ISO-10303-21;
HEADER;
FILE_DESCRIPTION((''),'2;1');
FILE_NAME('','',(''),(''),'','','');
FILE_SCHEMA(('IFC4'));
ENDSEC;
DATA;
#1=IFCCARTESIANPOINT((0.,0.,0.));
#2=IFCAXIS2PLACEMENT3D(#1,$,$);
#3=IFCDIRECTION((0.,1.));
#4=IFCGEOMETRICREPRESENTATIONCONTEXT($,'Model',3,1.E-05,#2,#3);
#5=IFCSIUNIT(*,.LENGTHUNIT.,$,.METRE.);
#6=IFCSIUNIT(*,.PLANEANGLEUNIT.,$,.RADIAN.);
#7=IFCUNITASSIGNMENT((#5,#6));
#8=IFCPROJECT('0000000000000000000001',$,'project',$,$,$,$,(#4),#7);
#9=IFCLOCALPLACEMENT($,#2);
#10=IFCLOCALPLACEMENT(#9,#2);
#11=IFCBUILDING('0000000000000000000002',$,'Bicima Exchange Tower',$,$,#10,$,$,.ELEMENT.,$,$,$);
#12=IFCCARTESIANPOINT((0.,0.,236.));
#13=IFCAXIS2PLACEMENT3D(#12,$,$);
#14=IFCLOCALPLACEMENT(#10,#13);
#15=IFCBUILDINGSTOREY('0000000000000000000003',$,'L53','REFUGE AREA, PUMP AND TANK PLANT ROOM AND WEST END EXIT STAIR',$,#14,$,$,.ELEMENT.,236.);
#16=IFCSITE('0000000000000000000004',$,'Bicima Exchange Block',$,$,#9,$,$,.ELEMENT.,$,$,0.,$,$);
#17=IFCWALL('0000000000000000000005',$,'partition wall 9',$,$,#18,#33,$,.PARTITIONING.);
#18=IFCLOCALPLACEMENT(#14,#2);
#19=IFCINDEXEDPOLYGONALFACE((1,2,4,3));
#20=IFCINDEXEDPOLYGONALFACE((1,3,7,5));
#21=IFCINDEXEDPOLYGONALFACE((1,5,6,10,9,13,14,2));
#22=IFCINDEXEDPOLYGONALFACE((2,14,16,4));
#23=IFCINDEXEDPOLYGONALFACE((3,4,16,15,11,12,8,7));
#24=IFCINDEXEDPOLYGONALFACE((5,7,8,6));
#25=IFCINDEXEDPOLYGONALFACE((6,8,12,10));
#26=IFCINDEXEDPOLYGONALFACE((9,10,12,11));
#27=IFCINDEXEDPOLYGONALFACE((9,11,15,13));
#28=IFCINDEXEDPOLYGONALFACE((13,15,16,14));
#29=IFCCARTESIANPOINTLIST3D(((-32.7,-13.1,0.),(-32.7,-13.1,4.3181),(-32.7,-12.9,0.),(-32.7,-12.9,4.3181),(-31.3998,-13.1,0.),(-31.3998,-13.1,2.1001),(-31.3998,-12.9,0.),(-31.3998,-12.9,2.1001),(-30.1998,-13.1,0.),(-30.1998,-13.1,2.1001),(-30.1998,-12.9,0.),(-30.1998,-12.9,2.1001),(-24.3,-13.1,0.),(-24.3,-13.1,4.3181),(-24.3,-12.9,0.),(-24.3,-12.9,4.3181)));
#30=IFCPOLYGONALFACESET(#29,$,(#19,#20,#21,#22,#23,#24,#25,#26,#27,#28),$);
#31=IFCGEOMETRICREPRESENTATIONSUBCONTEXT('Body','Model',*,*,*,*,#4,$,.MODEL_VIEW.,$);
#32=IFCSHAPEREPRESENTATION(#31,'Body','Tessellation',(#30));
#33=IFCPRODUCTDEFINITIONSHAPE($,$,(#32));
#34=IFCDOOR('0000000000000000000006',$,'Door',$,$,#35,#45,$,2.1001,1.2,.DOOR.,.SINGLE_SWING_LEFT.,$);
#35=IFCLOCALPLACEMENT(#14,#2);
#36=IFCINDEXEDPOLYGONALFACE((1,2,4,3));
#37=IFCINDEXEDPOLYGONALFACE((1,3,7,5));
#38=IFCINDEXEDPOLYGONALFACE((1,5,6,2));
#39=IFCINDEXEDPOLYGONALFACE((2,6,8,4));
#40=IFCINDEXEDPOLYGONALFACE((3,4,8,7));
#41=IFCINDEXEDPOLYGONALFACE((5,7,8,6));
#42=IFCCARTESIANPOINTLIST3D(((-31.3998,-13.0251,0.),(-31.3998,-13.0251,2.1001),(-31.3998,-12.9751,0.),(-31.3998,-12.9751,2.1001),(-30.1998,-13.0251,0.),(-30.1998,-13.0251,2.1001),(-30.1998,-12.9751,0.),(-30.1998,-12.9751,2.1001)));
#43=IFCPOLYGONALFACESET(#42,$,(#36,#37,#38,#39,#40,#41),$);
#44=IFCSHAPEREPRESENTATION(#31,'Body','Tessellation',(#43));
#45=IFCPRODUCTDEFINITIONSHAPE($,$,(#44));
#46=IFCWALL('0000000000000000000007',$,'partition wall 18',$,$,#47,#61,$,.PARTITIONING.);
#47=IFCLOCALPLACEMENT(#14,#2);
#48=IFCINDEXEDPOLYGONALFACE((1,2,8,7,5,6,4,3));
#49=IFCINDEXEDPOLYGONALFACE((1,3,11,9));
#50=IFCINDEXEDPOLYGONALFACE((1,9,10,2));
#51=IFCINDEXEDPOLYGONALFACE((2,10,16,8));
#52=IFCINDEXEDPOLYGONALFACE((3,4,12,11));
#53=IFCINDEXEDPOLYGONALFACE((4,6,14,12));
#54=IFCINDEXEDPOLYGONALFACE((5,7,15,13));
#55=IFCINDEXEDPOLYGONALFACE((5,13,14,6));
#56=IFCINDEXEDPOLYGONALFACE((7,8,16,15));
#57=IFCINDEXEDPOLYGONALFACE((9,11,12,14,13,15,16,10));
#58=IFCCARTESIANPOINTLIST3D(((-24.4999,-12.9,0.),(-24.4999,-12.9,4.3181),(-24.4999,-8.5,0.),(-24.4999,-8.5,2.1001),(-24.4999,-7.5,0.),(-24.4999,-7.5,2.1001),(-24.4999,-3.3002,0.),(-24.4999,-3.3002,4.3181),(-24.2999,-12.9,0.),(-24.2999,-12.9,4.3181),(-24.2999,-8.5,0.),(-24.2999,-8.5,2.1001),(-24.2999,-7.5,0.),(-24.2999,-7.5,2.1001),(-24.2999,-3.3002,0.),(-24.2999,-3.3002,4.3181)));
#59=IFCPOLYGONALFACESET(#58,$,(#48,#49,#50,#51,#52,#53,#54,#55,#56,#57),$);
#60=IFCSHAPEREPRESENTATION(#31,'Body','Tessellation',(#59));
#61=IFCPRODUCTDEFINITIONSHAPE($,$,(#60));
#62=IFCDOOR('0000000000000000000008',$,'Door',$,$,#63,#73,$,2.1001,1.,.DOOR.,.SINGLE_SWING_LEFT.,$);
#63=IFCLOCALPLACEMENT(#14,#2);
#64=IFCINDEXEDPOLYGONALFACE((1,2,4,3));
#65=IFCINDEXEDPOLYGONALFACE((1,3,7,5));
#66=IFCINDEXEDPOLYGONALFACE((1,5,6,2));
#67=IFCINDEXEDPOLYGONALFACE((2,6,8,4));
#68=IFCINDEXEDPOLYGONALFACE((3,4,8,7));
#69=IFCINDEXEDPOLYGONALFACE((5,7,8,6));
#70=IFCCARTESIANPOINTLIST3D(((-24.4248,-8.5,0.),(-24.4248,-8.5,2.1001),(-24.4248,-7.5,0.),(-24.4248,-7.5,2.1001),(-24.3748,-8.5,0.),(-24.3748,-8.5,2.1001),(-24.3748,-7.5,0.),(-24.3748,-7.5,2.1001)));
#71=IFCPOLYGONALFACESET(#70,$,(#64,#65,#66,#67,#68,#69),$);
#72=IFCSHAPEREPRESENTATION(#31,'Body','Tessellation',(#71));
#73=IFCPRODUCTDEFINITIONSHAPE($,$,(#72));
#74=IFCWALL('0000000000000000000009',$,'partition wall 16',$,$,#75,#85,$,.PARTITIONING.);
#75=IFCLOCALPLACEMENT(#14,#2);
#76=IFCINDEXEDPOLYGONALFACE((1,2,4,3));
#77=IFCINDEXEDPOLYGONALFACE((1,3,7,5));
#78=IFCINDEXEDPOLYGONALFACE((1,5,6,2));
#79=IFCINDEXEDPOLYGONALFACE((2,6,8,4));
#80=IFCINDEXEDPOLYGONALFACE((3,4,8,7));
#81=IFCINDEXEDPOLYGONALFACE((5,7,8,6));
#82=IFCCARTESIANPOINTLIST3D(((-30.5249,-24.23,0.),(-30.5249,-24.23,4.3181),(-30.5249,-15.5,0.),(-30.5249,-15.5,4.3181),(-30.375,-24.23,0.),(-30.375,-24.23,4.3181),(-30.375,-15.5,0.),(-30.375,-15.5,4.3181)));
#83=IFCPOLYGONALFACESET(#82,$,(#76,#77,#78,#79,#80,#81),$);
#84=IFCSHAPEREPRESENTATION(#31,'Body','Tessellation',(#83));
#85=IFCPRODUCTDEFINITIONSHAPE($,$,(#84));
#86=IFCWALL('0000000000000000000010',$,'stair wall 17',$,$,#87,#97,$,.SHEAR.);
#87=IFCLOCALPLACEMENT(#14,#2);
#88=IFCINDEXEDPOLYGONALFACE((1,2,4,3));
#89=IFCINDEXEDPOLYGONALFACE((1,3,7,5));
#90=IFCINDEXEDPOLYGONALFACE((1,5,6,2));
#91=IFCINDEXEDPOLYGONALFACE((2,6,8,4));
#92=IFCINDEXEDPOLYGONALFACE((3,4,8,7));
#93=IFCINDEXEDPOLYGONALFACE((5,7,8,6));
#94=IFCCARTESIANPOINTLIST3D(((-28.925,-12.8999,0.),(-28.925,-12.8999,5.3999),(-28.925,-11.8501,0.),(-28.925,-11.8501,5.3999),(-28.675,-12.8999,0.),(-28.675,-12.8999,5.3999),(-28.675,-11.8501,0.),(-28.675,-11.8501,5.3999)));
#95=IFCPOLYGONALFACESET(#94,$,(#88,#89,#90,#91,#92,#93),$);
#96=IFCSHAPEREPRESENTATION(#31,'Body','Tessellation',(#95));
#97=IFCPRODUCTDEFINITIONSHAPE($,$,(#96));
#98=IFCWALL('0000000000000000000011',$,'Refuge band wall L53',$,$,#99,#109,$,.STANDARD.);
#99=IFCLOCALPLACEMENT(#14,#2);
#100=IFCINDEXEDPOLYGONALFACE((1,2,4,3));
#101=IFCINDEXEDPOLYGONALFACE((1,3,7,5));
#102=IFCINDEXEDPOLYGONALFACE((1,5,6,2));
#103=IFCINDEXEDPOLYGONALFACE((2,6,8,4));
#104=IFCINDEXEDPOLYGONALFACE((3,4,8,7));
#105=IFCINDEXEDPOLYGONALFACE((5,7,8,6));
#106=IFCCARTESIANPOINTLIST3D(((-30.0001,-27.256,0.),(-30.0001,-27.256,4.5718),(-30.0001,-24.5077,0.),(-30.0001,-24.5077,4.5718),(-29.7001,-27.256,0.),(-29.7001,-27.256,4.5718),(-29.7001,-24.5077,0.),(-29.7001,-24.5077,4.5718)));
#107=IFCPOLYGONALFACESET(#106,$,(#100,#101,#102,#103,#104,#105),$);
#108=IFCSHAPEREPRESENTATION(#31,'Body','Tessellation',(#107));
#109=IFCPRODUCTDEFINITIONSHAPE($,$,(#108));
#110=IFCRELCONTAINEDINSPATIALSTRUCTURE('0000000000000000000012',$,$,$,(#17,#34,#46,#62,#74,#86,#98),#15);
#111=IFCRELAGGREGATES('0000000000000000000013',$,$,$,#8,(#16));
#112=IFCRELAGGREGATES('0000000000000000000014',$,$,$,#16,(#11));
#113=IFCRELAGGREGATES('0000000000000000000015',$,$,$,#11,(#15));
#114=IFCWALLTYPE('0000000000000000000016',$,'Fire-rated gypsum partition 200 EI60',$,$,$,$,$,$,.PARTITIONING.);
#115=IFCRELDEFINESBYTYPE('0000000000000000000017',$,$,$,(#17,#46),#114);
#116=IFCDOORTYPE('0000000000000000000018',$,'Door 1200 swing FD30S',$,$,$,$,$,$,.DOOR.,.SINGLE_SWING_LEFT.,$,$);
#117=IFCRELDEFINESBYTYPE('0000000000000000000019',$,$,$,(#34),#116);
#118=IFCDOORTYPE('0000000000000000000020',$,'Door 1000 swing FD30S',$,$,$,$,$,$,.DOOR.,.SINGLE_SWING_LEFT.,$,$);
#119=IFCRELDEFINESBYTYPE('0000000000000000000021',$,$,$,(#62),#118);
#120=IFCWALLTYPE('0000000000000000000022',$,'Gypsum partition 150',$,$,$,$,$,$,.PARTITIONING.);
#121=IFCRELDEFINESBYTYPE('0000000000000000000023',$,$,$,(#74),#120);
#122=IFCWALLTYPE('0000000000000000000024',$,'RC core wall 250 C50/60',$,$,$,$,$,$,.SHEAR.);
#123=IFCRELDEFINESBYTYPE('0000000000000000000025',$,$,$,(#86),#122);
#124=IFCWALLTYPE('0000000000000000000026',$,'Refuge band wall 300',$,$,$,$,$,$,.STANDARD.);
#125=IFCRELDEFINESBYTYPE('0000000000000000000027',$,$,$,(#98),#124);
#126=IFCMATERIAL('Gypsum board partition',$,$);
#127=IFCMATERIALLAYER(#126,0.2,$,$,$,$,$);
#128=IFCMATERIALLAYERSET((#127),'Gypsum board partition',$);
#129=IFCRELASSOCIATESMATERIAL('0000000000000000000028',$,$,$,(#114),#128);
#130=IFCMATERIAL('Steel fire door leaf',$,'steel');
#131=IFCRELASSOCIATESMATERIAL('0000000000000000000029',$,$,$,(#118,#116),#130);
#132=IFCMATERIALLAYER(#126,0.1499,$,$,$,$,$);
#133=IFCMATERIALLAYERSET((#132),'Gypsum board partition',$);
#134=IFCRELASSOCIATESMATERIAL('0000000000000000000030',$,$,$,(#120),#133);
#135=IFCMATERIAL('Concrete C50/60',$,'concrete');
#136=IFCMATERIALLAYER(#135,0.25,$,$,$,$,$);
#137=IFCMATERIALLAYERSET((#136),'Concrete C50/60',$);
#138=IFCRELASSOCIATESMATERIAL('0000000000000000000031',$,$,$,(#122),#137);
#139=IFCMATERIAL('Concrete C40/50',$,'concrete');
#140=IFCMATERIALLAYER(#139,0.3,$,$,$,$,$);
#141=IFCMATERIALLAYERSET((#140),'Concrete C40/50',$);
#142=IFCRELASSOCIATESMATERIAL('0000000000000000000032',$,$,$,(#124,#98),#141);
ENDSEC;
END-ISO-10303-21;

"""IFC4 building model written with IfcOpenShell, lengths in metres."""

from ifc_helpers import new_model, si_unit, direction, frame, frame_2d, origin, place, context, subcontext, project, spatial, rectangle, extrude, material, layer, layer_set, layer_usage, type_object, element, fill, save


model = new_model("IFC4")

# Units and contexts
model_context = context("Model", 3, precision=1e-05, world=origin(), true_north=direction((0.0, 1.0)))
body_context = subcontext(model_context, "Body", "Model", "MODEL_VIEW")
ifc_project = project(units=[si_unit("LENGTHUNIT", "METRE"), si_unit("PLANEANGLEUNIT", "RADIAN")], contexts=[model_context])

# Site, building, storey
site_placement = place(None, origin())
site = spatial("IfcSite", under=ifc_project, at=site_placement, Name="Bicima Exchange Block", CompositionType="ELEMENT", RefElevation=0.0)
building_placement = place(site_placement, origin())
building = spatial("IfcBuilding", under=site, at=building_placement, Name="Bicima Exchange Tower", CompositionType="ELEMENT")
storey_placement = place(building_placement, frame((0.0, 0.0, 236.0)))
storey = spatial("IfcBuildingStorey", under=building, at=storey_placement, Name="L53", Description="REFUGE AREA, PUMP AND TANK PLANT ROOM AND WEST END EXIT STAIR", CompositionType="ELEMENT", Elevation=236.0)

# Shared definitions
ifc_material_1 = material(Name="Gypsum board partition")
ifc_layer_1 = layer(ifc_material_1, 0.2)
ifc_layer_set_1 = layer_set([ifc_layer_1], Name="Gypsum board partition")
wall_type_1 = type_object("IfcWallType", Name="Fire-rated gypsum partition 200 EI60", PredefinedType="PARTITIONING", material=ifc_layer_set_1)
ifc_material_2 = material(Name="Steel fire door leaf", Category="steel")
door_type_1 = type_object("IfcDoorType", Name="Door 1000 swing FD30S", OperationType="SINGLE_SWING_LEFT", PredefinedType="DOOR", material=ifc_material_2)

# Walls, openings, doors
wall_1_placement = place(storey_placement, frame((-32.7, -13.0, 0.0), z_axis=(0.0, 0.0, 1.0), x_axis=(1.0, 0.0, 0.0)))
wall_1 = element("IfcWall", 1, at=wall_1_placement, inside=storey, type_object=wall_type_1, Name="partition wall 9", PredefinedType="PARTITIONING", context=body_context, shape_type="SweptSolid", body=[
    extrude(rectangle(XDim=8.3999, YDim=0.2, at=frame_2d((4.2, 0.0))), origin(), (0.0, 0.0, 1.0), 4.3181),
])
opening_1_placement = place(wall_1_placement, frame((1.3, 0.0, 0.0)))
opening_1 = element("IfcOpeningElement", 2, at=opening_1_placement, cuts=wall_1, PredefinedType="OPENING", context=body_context, shape_type="SweptSolid", body=[
    extrude(rectangle(XDim=1.2, YDim=2.1001, at=frame_2d((0.6001, 1.05))), frame((0.0, 0.1118, 0.0), z_axis=(0.0, -1.0, 0.0), x_axis=(1.0, 0.0, 0.0)), (0.0, 0.0, 1.0), 0.2239),
])
door_type_2 = type_object("IfcDoorType", Name="Door 1200 swing FD30S", OperationType="SINGLE_SWING_LEFT", PredefinedType="DOOR", material=ifc_material_2)
door_1_placement = place(opening_1_placement, origin())
door_1 = element("IfcDoor", 3, at=door_1_placement, inside=storey, type_object=door_type_2, Name="Door", OperationType="SINGLE_SWING_LEFT", OverallHeight=2.1001, OverallWidth=1.2, PredefinedType="DOOR", context=body_context, shape_type="SweptSolid", body=[
    extrude(rectangle(XDim=1.2, YDim=2.1001, at=frame_2d((0.6001, 1.05))), frame((0.0, 0.0249, 0.0), z_axis=(0.0, -1.0, 0.0), x_axis=(1.0, 0.0, 0.0)), (0.0, 0.0, 1.0), 0.05),
])
fill(opening_1, door_1)
wall_2_placement = place(storey_placement, frame((-24.3999, -12.8999, 0.0), z_axis=(0.0, 0.0, 1.0), x_axis=(0.0, 1.0, 0.0)))
wall_2 = element("IfcWall", 4, at=wall_2_placement, inside=storey, type_object=wall_type_1, Name="partition wall 18", PredefinedType="PARTITIONING", context=body_context, shape_type="SweptSolid", body=[
    extrude(rectangle(XDim=9.5999, YDim=0.2, at=frame_2d((4.7998, 0.0))), origin(), (0.0, 0.0, 1.0), 4.3181),
])
opening_2_placement = place(wall_2_placement, frame((4.3999, 0.0, 0.0)))
opening_2 = element("IfcOpeningElement", 5, at=opening_2_placement, cuts=wall_2, PredefinedType="OPENING", context=body_context, shape_type="SweptSolid", body=[
    extrude(rectangle(XDim=1.0, YDim=2.1001, at=frame_2d((0.5, 1.05))), frame((0.0, 0.1118, 0.0), z_axis=(0.0, -1.0, 0.0), x_axis=(1.0, 0.0, 0.0)), (0.0, 0.0, 1.0), 0.2239),
])
door_2_placement = place(opening_2_placement, origin())
door_2 = element("IfcDoor", 6, at=door_2_placement, inside=storey, type_object=door_type_1, Name="Door", OperationType="SINGLE_SWING_LEFT", OverallHeight=2.1001, OverallWidth=1.0, PredefinedType="DOOR", context=body_context, shape_type="SweptSolid", body=[
    extrude(rectangle(XDim=1.0, YDim=2.1001, at=frame_2d((0.5, 1.05))), frame((0.0, 0.0249, 0.0), z_axis=(0.0, -1.0, 0.0), x_axis=(1.0, 0.0, 0.0)), (0.0, 0.0, 1.0), 0.05),
])
fill(opening_2, door_2)

# Walls
ifc_layer_2 = layer(ifc_material_1, 0.1499)
ifc_layer_set_2 = layer_set([ifc_layer_2], Name="Gypsum board partition")
wall_type_2 = type_object("IfcWallType", Name="Gypsum partition 150", PredefinedType="PARTITIONING", material=ifc_layer_set_2)
wall_3_placement = place(storey_placement, frame((-30.45, -24.23, 0.0), z_axis=(0.0, 0.0, 1.0), x_axis=(0.0, 1.0, 0.0)))
element("IfcWall", 7, at=wall_3_placement, inside=storey, type_object=wall_type_2, Name="partition wall 16", PredefinedType="PARTITIONING", context=body_context, shape_type="SweptSolid", body=[
    extrude(rectangle(XDim=8.73, YDim=0.1499, at=frame_2d((4.365, 0.0))), origin(), (0.0, 0.0, 1.0), 4.3181),
])
ifc_material_3 = material(Name="Concrete C50/60", Category="concrete")
ifc_layer_3 = layer(ifc_material_3, 0.25)
ifc_layer_set_3 = layer_set([ifc_layer_3], Name="Concrete C50/60")
wall_type_3 = type_object("IfcWallType", Name="RC core wall 250 C50/60", PredefinedType="SHEAR", material=ifc_layer_set_3)
wall_4_placement = place(storey_placement, frame((-28.8, -12.8999, 0.0), z_axis=(0.0, 0.0, 1.0), x_axis=(0.0, 1.0, 0.0)))
element("IfcWall", 8, at=wall_4_placement, inside=storey, type_object=wall_type_3, Name="stair wall 17", PredefinedType="SHEAR", context=body_context, shape_type="SweptSolid", body=[
    extrude(rectangle(XDim=1.0498, YDim=0.25, at=frame_2d((0.5249, 0.0))), origin(), (0.0, 0.0, 1.0), 5.3999),
])
ifc_material_4 = material(Name="Concrete C40/50", Category="concrete")
ifc_layer_4 = layer(ifc_material_4, 0.3)
ifc_layer_set_4 = layer_set([ifc_layer_4], Name="Concrete C40/50")
ifc_layer_usage = layer_usage(ifc_layer_set_4, "AXIS2", "POSITIVE", -0.15)
wall_type_4 = type_object("IfcWallType", Name="Refuge band wall 300", PredefinedType="STANDARD", material=ifc_layer_set_4)
wall_5_placement = place(storey_placement, frame((-29.8501, -24.5078, 0.0), z_axis=(0.0, 0.0, 1.0), x_axis=(0.0, -1.0, 0.0)))
element("IfcWall", 9, at=wall_5_placement, inside=storey, type_object=wall_type_4, material=ifc_layer_usage, Name="Refuge band wall L53", PredefinedType="STANDARD", context=body_context, shape_type="SweptSolid", body=[
    extrude(rectangle(XDim=2.7483, YDim=0.3, at=frame_2d((1.374, 0.0))), origin(), (0.0, 0.0, 1.0), 4.5718),
])

save(model, "model.ifc")
